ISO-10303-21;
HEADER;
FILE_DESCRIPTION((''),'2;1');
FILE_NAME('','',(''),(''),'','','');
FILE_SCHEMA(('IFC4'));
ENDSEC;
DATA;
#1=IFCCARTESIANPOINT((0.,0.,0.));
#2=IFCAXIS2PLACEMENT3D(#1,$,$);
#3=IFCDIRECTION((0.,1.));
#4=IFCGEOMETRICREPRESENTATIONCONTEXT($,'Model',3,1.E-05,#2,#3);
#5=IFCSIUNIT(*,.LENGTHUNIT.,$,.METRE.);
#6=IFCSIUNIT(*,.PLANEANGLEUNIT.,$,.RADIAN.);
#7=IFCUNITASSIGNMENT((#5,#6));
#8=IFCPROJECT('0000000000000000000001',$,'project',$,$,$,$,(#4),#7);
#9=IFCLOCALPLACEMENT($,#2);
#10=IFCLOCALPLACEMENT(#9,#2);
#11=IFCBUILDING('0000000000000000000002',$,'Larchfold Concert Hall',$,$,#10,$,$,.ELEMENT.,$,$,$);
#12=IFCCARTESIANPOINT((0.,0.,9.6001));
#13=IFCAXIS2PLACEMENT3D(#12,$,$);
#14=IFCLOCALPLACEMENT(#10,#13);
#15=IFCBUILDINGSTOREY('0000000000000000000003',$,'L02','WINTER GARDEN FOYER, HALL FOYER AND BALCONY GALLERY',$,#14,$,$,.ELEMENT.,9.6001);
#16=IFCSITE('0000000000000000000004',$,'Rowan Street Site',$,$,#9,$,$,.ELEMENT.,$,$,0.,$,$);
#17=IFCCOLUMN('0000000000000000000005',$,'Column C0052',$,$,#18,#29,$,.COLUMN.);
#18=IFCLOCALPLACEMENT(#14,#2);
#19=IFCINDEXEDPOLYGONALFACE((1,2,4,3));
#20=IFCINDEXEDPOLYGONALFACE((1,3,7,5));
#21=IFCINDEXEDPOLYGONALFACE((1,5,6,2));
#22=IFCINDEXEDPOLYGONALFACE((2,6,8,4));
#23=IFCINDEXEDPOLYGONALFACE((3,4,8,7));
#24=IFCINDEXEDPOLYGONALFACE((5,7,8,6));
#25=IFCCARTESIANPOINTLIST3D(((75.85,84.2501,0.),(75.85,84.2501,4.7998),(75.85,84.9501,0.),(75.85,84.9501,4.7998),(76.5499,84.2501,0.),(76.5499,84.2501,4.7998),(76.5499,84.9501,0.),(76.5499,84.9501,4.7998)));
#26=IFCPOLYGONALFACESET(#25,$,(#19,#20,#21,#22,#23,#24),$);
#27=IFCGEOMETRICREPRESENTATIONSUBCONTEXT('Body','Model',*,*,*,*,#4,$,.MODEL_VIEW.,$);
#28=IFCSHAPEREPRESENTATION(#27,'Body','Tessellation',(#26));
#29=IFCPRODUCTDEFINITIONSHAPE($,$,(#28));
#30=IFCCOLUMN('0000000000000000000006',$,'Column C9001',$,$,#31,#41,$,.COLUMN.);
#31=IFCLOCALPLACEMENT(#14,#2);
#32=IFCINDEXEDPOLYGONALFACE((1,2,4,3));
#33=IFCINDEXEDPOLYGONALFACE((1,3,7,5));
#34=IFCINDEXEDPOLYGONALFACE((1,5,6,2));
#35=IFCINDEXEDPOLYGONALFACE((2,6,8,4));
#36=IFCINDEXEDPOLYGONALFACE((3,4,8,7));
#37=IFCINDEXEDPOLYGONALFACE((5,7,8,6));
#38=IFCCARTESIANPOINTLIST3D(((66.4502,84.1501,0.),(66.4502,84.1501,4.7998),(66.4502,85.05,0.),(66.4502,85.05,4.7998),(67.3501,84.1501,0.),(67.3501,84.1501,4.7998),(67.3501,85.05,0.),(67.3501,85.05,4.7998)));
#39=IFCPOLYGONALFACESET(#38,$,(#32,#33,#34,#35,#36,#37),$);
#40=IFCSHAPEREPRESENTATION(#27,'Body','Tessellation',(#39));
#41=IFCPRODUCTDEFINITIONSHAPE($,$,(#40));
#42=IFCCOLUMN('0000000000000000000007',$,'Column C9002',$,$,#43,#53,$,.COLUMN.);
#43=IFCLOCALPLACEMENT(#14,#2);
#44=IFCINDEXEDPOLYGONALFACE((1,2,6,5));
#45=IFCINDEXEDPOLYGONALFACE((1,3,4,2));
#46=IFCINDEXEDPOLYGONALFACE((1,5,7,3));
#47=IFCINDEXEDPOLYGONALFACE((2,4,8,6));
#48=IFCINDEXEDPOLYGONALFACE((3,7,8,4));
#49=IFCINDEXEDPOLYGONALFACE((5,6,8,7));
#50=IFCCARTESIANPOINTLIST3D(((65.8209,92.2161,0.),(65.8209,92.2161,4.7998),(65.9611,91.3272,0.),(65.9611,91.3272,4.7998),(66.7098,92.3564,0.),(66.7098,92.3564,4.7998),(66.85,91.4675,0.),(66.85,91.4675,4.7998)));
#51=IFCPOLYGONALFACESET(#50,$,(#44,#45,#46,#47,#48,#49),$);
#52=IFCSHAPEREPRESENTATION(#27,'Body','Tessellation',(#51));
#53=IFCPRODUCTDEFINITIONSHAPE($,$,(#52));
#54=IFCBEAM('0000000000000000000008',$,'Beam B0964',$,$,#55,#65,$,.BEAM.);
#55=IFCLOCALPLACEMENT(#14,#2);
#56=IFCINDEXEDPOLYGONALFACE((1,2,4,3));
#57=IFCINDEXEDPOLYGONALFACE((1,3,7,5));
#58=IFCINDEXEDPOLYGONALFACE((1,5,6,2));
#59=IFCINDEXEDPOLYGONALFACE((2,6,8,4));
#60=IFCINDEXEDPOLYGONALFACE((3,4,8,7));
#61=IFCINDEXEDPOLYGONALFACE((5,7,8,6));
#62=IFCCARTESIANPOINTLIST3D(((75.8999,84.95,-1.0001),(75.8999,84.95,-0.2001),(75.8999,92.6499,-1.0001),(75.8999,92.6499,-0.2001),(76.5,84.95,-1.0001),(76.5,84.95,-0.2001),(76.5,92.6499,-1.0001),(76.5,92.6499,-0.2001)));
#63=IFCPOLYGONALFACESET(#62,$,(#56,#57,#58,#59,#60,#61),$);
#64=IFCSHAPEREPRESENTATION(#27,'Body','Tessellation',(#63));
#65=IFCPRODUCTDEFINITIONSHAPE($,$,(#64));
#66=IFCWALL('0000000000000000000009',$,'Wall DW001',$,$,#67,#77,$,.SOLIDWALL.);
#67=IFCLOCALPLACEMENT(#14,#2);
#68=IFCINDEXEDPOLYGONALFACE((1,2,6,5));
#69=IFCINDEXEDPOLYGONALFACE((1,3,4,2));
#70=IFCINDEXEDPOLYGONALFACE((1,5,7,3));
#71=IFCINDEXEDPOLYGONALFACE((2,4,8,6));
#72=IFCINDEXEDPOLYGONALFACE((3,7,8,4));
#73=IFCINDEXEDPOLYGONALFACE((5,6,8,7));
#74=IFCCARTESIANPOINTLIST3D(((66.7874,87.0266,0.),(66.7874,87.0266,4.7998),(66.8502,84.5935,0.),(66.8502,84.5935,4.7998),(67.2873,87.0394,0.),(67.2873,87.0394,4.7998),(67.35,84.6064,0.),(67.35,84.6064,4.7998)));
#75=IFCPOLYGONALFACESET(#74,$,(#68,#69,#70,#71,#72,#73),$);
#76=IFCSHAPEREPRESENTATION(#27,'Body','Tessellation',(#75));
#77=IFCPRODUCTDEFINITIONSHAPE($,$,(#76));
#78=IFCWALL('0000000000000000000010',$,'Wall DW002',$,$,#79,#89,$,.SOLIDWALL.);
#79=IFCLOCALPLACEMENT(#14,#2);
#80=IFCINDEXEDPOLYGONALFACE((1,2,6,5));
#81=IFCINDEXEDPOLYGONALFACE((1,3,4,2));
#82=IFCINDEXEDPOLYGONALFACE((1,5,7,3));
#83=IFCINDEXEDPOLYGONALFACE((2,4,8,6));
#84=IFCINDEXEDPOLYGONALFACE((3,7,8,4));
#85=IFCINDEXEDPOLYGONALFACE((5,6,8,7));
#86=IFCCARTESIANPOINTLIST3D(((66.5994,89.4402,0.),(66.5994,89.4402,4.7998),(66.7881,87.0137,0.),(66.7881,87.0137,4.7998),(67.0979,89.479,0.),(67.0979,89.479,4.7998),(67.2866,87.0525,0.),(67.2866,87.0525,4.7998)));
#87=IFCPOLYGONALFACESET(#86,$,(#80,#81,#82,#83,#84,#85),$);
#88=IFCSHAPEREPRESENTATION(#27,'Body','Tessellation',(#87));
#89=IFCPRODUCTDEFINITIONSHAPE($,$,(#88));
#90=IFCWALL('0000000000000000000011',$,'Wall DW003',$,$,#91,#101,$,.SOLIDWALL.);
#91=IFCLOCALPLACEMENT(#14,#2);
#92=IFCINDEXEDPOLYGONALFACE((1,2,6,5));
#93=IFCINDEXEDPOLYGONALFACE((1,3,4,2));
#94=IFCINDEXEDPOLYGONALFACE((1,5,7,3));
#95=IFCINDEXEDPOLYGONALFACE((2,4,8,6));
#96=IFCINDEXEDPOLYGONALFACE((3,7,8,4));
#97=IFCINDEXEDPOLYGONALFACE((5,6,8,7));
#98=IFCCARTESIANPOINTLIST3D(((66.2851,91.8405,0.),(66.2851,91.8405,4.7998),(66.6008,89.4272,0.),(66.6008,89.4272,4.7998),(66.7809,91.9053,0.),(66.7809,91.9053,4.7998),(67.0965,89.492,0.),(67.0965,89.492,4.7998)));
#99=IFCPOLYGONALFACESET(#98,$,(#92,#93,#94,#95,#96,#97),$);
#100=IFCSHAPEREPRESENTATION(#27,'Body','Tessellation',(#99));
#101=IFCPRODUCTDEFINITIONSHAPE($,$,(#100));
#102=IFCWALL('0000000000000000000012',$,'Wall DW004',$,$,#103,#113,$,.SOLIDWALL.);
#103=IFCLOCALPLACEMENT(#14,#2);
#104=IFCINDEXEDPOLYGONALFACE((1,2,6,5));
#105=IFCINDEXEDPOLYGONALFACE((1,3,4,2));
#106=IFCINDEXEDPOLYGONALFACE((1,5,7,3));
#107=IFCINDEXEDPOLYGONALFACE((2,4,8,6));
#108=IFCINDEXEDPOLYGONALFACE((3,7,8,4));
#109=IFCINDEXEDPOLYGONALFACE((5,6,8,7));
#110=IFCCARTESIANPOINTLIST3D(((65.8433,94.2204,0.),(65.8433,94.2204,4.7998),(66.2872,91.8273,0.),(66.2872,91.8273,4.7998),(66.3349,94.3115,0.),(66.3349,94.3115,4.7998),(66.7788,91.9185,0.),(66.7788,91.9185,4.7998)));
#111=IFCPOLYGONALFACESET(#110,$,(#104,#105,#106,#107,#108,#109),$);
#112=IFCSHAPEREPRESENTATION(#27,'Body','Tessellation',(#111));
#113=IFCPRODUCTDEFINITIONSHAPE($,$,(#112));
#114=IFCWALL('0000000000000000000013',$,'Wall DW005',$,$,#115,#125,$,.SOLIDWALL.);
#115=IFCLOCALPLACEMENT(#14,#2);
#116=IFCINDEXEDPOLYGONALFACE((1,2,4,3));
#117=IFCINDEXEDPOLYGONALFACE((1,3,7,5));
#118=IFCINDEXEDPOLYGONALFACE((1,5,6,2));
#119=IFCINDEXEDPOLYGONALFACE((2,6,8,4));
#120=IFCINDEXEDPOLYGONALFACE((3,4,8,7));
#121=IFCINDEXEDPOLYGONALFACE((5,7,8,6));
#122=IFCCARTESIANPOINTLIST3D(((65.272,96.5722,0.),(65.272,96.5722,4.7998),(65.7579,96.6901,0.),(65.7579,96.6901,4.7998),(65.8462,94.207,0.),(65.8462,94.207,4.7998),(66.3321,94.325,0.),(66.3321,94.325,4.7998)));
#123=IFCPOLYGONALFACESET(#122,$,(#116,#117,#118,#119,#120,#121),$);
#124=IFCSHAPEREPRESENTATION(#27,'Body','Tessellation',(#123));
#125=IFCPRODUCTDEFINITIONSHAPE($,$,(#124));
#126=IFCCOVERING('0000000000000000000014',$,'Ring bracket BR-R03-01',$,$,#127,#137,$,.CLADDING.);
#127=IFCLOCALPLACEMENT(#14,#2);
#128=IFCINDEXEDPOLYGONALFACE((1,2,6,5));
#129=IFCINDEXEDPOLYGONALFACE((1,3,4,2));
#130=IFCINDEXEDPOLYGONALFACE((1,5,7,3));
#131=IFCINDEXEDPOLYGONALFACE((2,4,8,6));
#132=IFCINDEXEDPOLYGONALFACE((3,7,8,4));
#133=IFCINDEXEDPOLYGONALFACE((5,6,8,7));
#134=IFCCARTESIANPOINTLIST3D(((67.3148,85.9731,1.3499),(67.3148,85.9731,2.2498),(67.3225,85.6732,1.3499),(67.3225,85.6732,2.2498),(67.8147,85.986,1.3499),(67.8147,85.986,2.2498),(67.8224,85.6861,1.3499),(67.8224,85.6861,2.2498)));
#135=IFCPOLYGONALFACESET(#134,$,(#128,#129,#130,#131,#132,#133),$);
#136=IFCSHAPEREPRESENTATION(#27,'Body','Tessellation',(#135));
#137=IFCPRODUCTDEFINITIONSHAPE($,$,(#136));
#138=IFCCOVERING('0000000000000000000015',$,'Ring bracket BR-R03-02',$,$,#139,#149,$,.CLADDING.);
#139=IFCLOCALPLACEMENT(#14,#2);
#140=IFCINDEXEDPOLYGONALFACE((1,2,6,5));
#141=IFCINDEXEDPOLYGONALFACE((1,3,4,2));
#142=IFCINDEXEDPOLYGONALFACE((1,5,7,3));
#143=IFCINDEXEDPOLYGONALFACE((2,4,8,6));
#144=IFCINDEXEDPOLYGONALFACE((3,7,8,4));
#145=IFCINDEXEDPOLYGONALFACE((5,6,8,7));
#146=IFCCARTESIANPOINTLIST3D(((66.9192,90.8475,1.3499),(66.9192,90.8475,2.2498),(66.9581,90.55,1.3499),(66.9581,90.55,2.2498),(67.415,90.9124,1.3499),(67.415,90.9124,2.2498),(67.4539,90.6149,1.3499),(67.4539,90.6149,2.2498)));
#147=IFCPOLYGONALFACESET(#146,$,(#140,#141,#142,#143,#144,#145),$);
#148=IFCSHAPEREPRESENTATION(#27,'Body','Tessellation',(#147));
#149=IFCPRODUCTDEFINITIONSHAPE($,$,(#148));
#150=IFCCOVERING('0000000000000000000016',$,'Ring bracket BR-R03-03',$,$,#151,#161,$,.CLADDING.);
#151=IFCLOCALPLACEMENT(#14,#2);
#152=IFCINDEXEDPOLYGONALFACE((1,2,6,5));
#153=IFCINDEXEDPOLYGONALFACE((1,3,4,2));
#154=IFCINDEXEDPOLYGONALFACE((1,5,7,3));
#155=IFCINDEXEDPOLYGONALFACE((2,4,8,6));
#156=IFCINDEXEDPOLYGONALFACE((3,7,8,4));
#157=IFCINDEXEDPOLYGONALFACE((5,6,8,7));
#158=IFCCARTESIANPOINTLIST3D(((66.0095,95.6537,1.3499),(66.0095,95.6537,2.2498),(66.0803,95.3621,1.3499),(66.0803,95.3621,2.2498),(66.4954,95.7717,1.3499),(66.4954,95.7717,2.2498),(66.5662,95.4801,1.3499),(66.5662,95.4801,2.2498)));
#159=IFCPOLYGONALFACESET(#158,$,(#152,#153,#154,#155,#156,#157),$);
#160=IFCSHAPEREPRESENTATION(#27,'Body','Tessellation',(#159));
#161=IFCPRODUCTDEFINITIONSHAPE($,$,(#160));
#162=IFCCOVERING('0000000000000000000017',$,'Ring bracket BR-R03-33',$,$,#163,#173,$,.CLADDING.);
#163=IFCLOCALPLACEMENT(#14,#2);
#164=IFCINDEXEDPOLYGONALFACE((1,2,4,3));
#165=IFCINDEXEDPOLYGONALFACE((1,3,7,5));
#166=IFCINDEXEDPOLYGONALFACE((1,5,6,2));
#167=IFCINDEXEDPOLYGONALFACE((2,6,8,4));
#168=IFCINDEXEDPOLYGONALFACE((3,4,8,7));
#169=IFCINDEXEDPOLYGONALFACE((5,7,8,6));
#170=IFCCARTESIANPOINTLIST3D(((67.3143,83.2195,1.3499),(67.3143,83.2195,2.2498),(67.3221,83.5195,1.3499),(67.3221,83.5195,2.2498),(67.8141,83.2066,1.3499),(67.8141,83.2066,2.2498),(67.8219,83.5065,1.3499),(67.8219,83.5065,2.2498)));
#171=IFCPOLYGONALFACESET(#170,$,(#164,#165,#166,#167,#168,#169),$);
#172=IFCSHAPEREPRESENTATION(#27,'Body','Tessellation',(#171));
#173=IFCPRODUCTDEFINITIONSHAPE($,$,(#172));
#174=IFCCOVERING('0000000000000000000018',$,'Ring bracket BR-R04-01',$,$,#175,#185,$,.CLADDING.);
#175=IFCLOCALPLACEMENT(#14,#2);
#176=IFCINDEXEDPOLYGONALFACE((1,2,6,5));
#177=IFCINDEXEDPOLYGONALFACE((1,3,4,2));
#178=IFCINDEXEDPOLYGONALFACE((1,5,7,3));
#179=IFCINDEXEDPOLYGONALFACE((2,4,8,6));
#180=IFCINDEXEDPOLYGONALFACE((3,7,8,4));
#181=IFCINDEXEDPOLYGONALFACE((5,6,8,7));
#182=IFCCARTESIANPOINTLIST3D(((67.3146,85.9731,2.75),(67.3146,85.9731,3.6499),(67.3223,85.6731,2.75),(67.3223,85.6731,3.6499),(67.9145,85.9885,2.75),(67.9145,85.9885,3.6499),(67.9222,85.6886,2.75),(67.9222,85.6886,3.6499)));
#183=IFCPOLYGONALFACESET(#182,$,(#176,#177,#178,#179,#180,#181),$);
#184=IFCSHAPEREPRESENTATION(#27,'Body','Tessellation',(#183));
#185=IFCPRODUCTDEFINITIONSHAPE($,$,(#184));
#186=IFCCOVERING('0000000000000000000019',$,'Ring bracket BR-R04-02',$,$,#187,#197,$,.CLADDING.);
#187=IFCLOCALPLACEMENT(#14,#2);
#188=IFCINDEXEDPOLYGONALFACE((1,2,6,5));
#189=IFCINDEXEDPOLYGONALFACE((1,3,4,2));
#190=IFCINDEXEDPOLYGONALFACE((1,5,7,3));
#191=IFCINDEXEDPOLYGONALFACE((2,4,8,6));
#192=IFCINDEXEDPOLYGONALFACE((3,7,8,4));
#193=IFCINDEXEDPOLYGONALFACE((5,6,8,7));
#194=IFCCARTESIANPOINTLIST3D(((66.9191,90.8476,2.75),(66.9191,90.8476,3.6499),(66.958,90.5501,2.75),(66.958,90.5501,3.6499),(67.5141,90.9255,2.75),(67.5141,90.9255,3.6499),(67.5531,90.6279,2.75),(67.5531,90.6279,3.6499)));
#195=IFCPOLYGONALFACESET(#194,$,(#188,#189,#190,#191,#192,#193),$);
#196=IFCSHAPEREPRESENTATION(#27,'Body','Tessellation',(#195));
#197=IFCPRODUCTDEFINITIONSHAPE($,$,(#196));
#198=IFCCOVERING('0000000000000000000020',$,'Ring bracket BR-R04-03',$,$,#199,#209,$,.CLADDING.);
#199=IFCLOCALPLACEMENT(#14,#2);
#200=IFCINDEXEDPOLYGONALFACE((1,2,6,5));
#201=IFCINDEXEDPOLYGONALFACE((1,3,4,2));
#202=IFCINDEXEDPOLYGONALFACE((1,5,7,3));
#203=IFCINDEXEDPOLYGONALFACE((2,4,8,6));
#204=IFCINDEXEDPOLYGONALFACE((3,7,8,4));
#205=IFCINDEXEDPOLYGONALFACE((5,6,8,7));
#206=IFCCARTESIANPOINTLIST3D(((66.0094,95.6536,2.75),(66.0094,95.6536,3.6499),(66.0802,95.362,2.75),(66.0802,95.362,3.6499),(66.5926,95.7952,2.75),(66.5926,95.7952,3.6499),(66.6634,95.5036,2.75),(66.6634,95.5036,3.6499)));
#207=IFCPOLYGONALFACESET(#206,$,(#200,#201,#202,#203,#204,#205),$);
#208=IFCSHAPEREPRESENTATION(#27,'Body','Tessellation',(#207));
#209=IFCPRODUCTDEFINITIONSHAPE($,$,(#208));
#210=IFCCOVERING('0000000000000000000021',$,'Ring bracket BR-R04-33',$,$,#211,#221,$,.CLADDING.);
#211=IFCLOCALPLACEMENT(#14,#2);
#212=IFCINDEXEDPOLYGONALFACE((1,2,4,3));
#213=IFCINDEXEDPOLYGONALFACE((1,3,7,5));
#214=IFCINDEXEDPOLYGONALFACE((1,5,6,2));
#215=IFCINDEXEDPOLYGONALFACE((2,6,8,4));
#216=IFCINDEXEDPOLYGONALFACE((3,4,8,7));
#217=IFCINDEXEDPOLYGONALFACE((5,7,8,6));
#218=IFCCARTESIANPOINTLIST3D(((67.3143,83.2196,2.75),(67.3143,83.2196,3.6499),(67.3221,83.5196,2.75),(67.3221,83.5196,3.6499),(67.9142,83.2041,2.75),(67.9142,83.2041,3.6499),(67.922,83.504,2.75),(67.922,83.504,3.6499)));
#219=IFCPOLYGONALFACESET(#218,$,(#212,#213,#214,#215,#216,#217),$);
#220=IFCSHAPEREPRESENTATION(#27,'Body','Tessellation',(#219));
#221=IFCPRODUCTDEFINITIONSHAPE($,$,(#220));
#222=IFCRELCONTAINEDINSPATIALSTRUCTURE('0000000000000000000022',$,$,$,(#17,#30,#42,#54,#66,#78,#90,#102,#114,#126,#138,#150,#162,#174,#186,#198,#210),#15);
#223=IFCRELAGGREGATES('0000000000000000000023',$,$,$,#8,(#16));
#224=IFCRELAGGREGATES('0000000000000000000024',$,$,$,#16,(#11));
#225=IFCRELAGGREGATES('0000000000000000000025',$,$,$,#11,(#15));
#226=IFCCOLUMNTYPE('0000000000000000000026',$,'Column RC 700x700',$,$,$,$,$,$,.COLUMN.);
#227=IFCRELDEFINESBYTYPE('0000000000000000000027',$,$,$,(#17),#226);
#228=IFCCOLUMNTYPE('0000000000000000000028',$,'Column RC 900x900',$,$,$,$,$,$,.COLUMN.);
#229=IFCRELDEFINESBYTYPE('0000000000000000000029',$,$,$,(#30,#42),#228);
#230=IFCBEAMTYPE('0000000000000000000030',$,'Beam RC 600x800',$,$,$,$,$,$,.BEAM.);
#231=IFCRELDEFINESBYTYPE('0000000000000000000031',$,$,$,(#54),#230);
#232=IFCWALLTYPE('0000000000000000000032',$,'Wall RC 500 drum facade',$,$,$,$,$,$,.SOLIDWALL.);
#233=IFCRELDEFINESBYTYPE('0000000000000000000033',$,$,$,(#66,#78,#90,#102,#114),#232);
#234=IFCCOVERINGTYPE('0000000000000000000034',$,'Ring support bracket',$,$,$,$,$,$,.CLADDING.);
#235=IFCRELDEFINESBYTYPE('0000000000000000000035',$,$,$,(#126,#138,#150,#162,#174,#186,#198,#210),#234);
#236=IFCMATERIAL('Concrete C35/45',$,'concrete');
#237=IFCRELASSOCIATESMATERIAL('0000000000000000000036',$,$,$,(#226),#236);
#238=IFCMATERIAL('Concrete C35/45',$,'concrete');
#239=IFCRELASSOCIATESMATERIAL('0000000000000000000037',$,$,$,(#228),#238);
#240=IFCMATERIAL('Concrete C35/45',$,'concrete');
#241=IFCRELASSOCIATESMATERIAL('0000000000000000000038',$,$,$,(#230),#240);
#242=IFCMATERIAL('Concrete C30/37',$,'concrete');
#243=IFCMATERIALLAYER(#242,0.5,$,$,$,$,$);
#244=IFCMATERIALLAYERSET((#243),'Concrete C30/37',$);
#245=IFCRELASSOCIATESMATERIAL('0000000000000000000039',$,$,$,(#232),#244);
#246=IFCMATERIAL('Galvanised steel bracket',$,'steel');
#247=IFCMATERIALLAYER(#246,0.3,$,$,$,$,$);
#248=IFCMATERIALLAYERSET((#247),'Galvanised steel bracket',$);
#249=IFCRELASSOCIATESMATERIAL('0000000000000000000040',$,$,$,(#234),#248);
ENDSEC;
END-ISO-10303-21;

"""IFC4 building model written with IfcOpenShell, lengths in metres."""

from ifc_helpers import new_model, si_unit, direction, frame, frame_2d, origin, origin_2d, place, context, subcontext, project, spatial, rectangle, extrude, material, layer, layer_set, material_profile, profile_set, type_object, element, save


model = new_model("IFC4")

# Units and contexts
model_context = context("Model", 3, precision=1e-05, world=origin(), true_north=direction((0.0, 1.0)))
body_context = subcontext(model_context, "Body", "Model", "MODEL_VIEW")
ifc_project = project(units=[si_unit("LENGTHUNIT", "METRE"), si_unit("PLANEANGLEUNIT", "RADIAN")], contexts=[model_context])

# Site, building, storey
site_placement = place(None, origin())
site = spatial("IfcSite", under=ifc_project, at=site_placement, Name="Rowan Street Site", CompositionType="ELEMENT", RefElevation=0.0)
building_placement = place(site_placement, origin())
building = spatial("IfcBuilding", under=site, at=building_placement, Name="Larchfold Concert Hall", CompositionType="ELEMENT")
storey_placement = place(building_placement, frame((0.0, 0.0, 9.6001)))
storey = spatial("IfcBuildingStorey", under=building, at=storey_placement, Name="L02", Description="WINTER GARDEN FOYER, HALL FOYER AND BALCONY GALLERY", CompositionType="ELEMENT", Elevation=9.6001)

# Columns
ifc_material_1 = material(Name="Concrete C35/45", Category="concrete")
ifc_material_profile_1 = material_profile(ifc_material_1, rectangle(XDim=0.7, YDim=0.7, at=origin_2d()))
ifc_profile_set_1 = profile_set([ifc_material_profile_1], Name="Concrete C35/45")
column_type_1 = type_object("IfcColumnType", Name="Column RC 700x700", PredefinedType="COLUMN", material=ifc_profile_set_1)
column_placement = place(storey_placement, frame((76.2, 84.6001, 0.0), z_axis=(0.0, 0.0, 1.0), x_axis=(1.0, 0.0, 0.0)))
element("IfcColumn", 1, at=column_placement, inside=storey, type_object=column_type_1, Name="Column C0052", PredefinedType="COLUMN", context=body_context, shape_type="SweptSolid", body=[
    extrude(rectangle(XDim=0.7, YDim=0.7, at=origin_2d()), origin(), (0.0, 0.0, 1.0), 4.7998),
])
ifc_material_2 = material(Name="Concrete C35/45", Category="concrete")
ifc_material_profile_2 = material_profile(ifc_material_2, rectangle(XDim=0.8999, YDim=0.8999, at=origin_2d()))
ifc_profile_set_2 = profile_set([ifc_material_profile_2], Name="Concrete C35/45")
column_type_2 = type_object("IfcColumnType", Name="Column RC 900x900", PredefinedType="COLUMN", material=ifc_profile_set_2)
for number, where, z_axis, x_axis, name in (
    (2, (66.9001, 84.6001, 0.0), (0.0, 0.0, 1.0), (1.0, 0.000002, 0.0), "Column C9001"),
    (3, (66.3354, 91.8418, 0.0), (0.0, 0.0, 1.0), (0.987778, 0.155867, 0.0), "Column C9002"),
):
    element("IfcColumn", number, at=place(storey_placement, frame(where, z_axis=z_axis, x_axis=x_axis)), inside=storey, type_object=column_type_2, Name=name, PredefinedType="COLUMN", context=body_context, shape_type="SweptSolid", body=[
        extrude(rectangle(XDim=0.8999, YDim=0.8999, at=origin_2d()), origin(), (0.0, 0.0, 1.0), 4.7998),
    ])

# Beam
ifc_material_3 = material(Name="Concrete C35/45", Category="concrete")
ifc_material_profile_3 = material_profile(ifc_material_3, rectangle(XDim=0.6001, YDim=0.8, at=origin_2d()))
ifc_profile_set_3 = profile_set([ifc_material_profile_3], Name="Concrete C35/45")
beam_type = type_object("IfcBeamType", Name="Beam RC 600x800", PredefinedType="BEAM", material=ifc_profile_set_3)
beam_placement = place(storey_placement, frame((76.2, 84.95, -0.6001), z_axis=(0.0, 1.0, 0.0), x_axis=(-1.0, 0.0, 0.0)))
element("IfcBeam", 4, at=beam_placement, inside=storey, type_object=beam_type, Name="Beam B0964", PredefinedType="BEAM", context=body_context, shape_type="SweptSolid", body=[
    extrude(rectangle(XDim=0.6001, YDim=0.8, at=origin_2d()), origin(), (0.0, 0.0, 1.0), 7.7),
])

# Walls
ifc_material_4 = material(Name="Concrete C30/37", Category="concrete")
ifc_layer_1 = layer(ifc_material_4, 0.5)
ifc_layer_set_1 = layer_set([ifc_layer_1], Name="Concrete C30/37")
wall_type = type_object("IfcWallType", Name="Wall RC 500 drum facade", PredefinedType="SOLIDWALL", material=ifc_layer_set_1)
for number, where, z_axis, x_axis, name in (
    (5, (67.1001, 84.6001, 0.0), (0.0, 0.0, 1.0), (-0.025779, 0.999668, 0.0), "Wall DW001"),
    (6, (67.0374, 87.0332, 0.0), (0.0, 0.0, 1.0), (-0.07754, 0.996989, 0.0), "Wall DW002"),
    (7, (66.8486, 89.4597, 0.0), (0.0, 0.0, 1.0), (-0.129699, 0.991553, 0.0), "Wall DW003"),
    (8, (66.533, 91.873, 0.0), (0.0, 0.0, 1.0), (-0.182362, 0.983231, 0.0), "Wall DW004"),
    (9, (66.0891, 94.2661, 0.0), (0.0, 0.0, 1.0), (-0.235922, 0.971772, 0.0), "Wall DW005"),
):
    element("IfcWall", number, at=place(storey_placement, frame(where, z_axis=z_axis, x_axis=x_axis)), inside=storey, type_object=wall_type, Name=name, PredefinedType="SOLIDWALL", context=body_context, shape_type="SweptSolid", body=[
        extrude(rectangle(XDim=2.4338, YDim=0.5, at=frame_2d((1.2168, 0.0))), origin(), (0.0, 0.0, 1.0), 4.7998),
    ])

# Coverings
ifc_material_5 = material(Name="Galvanised steel bracket", Category="steel")
ifc_layer_2 = layer(ifc_material_5, 0.3)
ifc_layer_set_2 = layer_set([ifc_layer_2], Name="Galvanised steel bracket")
covering_type = type_object("IfcCoveringType", Name="Ring support bracket", PredefinedType="CLADDING", material=ifc_layer_set_2)
for number, where, z_axis, x_axis, name in (
    (10, (67.5686, 85.8296, 1.3499), (0.0, 0.0, 1.0), (0.999669, 0.025743, 0.0), "Ring bracket BR-R03-01"),
    (11, (67.1865, 90.7312, 1.3499), (0.0, 0.0, 1.0), (0.991554, 0.129693, 0.0), "Ring bracket BR-R03-02"),
    (12, (66.2878, 95.5669, 1.3499), (0.0, 0.0, 1.0), (0.971763, 0.23596, 0.0), "Ring bracket BR-R03-03"),
    (13, (67.5681, 83.363, 1.3499), (0.0, 0.0, 1.0), (0.999665, -0.025882, 0.0), "Ring bracket BR-R03-33"),
):
    element("IfcCovering", number, at=place(storey_placement, frame(where, z_axis=z_axis, x_axis=x_axis)), inside=storey, type_object=covering_type, Name=name, PredefinedType="CLADDING", context=body_context, shape_type="SweptSolid", body=[
        extrude(rectangle(XDim=0.5, YDim=0.3, at=origin_2d()), origin(), (0.0, 0.0, 1.0), 0.8999),
    ])
for number, where, z_axis, x_axis, name in (
    (14, (67.6184, 85.8308, 2.75), (0.0, 0.0, 1.0), (0.999669, 0.025743, 0.0), "Ring bracket BR-R04-01"),
    (15, (67.2361, 90.7378, 2.75), (0.0, 0.0, 1.0), (0.991554, 0.129693, 0.0), "Ring bracket BR-R04-02"),
    (16, (66.3364, 95.5786, 2.75), (0.0, 0.0, 1.0), (0.971763, 0.23596, 0.0), "Ring bracket BR-R04-03"),
    (17, (67.6182, 83.3618, 2.75), (0.0, 0.0, 1.0), (0.999665, -0.025882, 0.0), "Ring bracket BR-R04-33"),
):
    element("IfcCovering", number, at=place(storey_placement, frame(where, z_axis=z_axis, x_axis=x_axis)), inside=storey, type_object=covering_type, Name=name, PredefinedType="CLADDING", context=body_context, shape_type="SweptSolid", body=[
        extrude(rectangle(XDim=0.6001, YDim=0.3, at=origin_2d()), origin(), (0.0, 0.0, 1.0), 0.8999),
    ])

save(model, "model.ifc")
